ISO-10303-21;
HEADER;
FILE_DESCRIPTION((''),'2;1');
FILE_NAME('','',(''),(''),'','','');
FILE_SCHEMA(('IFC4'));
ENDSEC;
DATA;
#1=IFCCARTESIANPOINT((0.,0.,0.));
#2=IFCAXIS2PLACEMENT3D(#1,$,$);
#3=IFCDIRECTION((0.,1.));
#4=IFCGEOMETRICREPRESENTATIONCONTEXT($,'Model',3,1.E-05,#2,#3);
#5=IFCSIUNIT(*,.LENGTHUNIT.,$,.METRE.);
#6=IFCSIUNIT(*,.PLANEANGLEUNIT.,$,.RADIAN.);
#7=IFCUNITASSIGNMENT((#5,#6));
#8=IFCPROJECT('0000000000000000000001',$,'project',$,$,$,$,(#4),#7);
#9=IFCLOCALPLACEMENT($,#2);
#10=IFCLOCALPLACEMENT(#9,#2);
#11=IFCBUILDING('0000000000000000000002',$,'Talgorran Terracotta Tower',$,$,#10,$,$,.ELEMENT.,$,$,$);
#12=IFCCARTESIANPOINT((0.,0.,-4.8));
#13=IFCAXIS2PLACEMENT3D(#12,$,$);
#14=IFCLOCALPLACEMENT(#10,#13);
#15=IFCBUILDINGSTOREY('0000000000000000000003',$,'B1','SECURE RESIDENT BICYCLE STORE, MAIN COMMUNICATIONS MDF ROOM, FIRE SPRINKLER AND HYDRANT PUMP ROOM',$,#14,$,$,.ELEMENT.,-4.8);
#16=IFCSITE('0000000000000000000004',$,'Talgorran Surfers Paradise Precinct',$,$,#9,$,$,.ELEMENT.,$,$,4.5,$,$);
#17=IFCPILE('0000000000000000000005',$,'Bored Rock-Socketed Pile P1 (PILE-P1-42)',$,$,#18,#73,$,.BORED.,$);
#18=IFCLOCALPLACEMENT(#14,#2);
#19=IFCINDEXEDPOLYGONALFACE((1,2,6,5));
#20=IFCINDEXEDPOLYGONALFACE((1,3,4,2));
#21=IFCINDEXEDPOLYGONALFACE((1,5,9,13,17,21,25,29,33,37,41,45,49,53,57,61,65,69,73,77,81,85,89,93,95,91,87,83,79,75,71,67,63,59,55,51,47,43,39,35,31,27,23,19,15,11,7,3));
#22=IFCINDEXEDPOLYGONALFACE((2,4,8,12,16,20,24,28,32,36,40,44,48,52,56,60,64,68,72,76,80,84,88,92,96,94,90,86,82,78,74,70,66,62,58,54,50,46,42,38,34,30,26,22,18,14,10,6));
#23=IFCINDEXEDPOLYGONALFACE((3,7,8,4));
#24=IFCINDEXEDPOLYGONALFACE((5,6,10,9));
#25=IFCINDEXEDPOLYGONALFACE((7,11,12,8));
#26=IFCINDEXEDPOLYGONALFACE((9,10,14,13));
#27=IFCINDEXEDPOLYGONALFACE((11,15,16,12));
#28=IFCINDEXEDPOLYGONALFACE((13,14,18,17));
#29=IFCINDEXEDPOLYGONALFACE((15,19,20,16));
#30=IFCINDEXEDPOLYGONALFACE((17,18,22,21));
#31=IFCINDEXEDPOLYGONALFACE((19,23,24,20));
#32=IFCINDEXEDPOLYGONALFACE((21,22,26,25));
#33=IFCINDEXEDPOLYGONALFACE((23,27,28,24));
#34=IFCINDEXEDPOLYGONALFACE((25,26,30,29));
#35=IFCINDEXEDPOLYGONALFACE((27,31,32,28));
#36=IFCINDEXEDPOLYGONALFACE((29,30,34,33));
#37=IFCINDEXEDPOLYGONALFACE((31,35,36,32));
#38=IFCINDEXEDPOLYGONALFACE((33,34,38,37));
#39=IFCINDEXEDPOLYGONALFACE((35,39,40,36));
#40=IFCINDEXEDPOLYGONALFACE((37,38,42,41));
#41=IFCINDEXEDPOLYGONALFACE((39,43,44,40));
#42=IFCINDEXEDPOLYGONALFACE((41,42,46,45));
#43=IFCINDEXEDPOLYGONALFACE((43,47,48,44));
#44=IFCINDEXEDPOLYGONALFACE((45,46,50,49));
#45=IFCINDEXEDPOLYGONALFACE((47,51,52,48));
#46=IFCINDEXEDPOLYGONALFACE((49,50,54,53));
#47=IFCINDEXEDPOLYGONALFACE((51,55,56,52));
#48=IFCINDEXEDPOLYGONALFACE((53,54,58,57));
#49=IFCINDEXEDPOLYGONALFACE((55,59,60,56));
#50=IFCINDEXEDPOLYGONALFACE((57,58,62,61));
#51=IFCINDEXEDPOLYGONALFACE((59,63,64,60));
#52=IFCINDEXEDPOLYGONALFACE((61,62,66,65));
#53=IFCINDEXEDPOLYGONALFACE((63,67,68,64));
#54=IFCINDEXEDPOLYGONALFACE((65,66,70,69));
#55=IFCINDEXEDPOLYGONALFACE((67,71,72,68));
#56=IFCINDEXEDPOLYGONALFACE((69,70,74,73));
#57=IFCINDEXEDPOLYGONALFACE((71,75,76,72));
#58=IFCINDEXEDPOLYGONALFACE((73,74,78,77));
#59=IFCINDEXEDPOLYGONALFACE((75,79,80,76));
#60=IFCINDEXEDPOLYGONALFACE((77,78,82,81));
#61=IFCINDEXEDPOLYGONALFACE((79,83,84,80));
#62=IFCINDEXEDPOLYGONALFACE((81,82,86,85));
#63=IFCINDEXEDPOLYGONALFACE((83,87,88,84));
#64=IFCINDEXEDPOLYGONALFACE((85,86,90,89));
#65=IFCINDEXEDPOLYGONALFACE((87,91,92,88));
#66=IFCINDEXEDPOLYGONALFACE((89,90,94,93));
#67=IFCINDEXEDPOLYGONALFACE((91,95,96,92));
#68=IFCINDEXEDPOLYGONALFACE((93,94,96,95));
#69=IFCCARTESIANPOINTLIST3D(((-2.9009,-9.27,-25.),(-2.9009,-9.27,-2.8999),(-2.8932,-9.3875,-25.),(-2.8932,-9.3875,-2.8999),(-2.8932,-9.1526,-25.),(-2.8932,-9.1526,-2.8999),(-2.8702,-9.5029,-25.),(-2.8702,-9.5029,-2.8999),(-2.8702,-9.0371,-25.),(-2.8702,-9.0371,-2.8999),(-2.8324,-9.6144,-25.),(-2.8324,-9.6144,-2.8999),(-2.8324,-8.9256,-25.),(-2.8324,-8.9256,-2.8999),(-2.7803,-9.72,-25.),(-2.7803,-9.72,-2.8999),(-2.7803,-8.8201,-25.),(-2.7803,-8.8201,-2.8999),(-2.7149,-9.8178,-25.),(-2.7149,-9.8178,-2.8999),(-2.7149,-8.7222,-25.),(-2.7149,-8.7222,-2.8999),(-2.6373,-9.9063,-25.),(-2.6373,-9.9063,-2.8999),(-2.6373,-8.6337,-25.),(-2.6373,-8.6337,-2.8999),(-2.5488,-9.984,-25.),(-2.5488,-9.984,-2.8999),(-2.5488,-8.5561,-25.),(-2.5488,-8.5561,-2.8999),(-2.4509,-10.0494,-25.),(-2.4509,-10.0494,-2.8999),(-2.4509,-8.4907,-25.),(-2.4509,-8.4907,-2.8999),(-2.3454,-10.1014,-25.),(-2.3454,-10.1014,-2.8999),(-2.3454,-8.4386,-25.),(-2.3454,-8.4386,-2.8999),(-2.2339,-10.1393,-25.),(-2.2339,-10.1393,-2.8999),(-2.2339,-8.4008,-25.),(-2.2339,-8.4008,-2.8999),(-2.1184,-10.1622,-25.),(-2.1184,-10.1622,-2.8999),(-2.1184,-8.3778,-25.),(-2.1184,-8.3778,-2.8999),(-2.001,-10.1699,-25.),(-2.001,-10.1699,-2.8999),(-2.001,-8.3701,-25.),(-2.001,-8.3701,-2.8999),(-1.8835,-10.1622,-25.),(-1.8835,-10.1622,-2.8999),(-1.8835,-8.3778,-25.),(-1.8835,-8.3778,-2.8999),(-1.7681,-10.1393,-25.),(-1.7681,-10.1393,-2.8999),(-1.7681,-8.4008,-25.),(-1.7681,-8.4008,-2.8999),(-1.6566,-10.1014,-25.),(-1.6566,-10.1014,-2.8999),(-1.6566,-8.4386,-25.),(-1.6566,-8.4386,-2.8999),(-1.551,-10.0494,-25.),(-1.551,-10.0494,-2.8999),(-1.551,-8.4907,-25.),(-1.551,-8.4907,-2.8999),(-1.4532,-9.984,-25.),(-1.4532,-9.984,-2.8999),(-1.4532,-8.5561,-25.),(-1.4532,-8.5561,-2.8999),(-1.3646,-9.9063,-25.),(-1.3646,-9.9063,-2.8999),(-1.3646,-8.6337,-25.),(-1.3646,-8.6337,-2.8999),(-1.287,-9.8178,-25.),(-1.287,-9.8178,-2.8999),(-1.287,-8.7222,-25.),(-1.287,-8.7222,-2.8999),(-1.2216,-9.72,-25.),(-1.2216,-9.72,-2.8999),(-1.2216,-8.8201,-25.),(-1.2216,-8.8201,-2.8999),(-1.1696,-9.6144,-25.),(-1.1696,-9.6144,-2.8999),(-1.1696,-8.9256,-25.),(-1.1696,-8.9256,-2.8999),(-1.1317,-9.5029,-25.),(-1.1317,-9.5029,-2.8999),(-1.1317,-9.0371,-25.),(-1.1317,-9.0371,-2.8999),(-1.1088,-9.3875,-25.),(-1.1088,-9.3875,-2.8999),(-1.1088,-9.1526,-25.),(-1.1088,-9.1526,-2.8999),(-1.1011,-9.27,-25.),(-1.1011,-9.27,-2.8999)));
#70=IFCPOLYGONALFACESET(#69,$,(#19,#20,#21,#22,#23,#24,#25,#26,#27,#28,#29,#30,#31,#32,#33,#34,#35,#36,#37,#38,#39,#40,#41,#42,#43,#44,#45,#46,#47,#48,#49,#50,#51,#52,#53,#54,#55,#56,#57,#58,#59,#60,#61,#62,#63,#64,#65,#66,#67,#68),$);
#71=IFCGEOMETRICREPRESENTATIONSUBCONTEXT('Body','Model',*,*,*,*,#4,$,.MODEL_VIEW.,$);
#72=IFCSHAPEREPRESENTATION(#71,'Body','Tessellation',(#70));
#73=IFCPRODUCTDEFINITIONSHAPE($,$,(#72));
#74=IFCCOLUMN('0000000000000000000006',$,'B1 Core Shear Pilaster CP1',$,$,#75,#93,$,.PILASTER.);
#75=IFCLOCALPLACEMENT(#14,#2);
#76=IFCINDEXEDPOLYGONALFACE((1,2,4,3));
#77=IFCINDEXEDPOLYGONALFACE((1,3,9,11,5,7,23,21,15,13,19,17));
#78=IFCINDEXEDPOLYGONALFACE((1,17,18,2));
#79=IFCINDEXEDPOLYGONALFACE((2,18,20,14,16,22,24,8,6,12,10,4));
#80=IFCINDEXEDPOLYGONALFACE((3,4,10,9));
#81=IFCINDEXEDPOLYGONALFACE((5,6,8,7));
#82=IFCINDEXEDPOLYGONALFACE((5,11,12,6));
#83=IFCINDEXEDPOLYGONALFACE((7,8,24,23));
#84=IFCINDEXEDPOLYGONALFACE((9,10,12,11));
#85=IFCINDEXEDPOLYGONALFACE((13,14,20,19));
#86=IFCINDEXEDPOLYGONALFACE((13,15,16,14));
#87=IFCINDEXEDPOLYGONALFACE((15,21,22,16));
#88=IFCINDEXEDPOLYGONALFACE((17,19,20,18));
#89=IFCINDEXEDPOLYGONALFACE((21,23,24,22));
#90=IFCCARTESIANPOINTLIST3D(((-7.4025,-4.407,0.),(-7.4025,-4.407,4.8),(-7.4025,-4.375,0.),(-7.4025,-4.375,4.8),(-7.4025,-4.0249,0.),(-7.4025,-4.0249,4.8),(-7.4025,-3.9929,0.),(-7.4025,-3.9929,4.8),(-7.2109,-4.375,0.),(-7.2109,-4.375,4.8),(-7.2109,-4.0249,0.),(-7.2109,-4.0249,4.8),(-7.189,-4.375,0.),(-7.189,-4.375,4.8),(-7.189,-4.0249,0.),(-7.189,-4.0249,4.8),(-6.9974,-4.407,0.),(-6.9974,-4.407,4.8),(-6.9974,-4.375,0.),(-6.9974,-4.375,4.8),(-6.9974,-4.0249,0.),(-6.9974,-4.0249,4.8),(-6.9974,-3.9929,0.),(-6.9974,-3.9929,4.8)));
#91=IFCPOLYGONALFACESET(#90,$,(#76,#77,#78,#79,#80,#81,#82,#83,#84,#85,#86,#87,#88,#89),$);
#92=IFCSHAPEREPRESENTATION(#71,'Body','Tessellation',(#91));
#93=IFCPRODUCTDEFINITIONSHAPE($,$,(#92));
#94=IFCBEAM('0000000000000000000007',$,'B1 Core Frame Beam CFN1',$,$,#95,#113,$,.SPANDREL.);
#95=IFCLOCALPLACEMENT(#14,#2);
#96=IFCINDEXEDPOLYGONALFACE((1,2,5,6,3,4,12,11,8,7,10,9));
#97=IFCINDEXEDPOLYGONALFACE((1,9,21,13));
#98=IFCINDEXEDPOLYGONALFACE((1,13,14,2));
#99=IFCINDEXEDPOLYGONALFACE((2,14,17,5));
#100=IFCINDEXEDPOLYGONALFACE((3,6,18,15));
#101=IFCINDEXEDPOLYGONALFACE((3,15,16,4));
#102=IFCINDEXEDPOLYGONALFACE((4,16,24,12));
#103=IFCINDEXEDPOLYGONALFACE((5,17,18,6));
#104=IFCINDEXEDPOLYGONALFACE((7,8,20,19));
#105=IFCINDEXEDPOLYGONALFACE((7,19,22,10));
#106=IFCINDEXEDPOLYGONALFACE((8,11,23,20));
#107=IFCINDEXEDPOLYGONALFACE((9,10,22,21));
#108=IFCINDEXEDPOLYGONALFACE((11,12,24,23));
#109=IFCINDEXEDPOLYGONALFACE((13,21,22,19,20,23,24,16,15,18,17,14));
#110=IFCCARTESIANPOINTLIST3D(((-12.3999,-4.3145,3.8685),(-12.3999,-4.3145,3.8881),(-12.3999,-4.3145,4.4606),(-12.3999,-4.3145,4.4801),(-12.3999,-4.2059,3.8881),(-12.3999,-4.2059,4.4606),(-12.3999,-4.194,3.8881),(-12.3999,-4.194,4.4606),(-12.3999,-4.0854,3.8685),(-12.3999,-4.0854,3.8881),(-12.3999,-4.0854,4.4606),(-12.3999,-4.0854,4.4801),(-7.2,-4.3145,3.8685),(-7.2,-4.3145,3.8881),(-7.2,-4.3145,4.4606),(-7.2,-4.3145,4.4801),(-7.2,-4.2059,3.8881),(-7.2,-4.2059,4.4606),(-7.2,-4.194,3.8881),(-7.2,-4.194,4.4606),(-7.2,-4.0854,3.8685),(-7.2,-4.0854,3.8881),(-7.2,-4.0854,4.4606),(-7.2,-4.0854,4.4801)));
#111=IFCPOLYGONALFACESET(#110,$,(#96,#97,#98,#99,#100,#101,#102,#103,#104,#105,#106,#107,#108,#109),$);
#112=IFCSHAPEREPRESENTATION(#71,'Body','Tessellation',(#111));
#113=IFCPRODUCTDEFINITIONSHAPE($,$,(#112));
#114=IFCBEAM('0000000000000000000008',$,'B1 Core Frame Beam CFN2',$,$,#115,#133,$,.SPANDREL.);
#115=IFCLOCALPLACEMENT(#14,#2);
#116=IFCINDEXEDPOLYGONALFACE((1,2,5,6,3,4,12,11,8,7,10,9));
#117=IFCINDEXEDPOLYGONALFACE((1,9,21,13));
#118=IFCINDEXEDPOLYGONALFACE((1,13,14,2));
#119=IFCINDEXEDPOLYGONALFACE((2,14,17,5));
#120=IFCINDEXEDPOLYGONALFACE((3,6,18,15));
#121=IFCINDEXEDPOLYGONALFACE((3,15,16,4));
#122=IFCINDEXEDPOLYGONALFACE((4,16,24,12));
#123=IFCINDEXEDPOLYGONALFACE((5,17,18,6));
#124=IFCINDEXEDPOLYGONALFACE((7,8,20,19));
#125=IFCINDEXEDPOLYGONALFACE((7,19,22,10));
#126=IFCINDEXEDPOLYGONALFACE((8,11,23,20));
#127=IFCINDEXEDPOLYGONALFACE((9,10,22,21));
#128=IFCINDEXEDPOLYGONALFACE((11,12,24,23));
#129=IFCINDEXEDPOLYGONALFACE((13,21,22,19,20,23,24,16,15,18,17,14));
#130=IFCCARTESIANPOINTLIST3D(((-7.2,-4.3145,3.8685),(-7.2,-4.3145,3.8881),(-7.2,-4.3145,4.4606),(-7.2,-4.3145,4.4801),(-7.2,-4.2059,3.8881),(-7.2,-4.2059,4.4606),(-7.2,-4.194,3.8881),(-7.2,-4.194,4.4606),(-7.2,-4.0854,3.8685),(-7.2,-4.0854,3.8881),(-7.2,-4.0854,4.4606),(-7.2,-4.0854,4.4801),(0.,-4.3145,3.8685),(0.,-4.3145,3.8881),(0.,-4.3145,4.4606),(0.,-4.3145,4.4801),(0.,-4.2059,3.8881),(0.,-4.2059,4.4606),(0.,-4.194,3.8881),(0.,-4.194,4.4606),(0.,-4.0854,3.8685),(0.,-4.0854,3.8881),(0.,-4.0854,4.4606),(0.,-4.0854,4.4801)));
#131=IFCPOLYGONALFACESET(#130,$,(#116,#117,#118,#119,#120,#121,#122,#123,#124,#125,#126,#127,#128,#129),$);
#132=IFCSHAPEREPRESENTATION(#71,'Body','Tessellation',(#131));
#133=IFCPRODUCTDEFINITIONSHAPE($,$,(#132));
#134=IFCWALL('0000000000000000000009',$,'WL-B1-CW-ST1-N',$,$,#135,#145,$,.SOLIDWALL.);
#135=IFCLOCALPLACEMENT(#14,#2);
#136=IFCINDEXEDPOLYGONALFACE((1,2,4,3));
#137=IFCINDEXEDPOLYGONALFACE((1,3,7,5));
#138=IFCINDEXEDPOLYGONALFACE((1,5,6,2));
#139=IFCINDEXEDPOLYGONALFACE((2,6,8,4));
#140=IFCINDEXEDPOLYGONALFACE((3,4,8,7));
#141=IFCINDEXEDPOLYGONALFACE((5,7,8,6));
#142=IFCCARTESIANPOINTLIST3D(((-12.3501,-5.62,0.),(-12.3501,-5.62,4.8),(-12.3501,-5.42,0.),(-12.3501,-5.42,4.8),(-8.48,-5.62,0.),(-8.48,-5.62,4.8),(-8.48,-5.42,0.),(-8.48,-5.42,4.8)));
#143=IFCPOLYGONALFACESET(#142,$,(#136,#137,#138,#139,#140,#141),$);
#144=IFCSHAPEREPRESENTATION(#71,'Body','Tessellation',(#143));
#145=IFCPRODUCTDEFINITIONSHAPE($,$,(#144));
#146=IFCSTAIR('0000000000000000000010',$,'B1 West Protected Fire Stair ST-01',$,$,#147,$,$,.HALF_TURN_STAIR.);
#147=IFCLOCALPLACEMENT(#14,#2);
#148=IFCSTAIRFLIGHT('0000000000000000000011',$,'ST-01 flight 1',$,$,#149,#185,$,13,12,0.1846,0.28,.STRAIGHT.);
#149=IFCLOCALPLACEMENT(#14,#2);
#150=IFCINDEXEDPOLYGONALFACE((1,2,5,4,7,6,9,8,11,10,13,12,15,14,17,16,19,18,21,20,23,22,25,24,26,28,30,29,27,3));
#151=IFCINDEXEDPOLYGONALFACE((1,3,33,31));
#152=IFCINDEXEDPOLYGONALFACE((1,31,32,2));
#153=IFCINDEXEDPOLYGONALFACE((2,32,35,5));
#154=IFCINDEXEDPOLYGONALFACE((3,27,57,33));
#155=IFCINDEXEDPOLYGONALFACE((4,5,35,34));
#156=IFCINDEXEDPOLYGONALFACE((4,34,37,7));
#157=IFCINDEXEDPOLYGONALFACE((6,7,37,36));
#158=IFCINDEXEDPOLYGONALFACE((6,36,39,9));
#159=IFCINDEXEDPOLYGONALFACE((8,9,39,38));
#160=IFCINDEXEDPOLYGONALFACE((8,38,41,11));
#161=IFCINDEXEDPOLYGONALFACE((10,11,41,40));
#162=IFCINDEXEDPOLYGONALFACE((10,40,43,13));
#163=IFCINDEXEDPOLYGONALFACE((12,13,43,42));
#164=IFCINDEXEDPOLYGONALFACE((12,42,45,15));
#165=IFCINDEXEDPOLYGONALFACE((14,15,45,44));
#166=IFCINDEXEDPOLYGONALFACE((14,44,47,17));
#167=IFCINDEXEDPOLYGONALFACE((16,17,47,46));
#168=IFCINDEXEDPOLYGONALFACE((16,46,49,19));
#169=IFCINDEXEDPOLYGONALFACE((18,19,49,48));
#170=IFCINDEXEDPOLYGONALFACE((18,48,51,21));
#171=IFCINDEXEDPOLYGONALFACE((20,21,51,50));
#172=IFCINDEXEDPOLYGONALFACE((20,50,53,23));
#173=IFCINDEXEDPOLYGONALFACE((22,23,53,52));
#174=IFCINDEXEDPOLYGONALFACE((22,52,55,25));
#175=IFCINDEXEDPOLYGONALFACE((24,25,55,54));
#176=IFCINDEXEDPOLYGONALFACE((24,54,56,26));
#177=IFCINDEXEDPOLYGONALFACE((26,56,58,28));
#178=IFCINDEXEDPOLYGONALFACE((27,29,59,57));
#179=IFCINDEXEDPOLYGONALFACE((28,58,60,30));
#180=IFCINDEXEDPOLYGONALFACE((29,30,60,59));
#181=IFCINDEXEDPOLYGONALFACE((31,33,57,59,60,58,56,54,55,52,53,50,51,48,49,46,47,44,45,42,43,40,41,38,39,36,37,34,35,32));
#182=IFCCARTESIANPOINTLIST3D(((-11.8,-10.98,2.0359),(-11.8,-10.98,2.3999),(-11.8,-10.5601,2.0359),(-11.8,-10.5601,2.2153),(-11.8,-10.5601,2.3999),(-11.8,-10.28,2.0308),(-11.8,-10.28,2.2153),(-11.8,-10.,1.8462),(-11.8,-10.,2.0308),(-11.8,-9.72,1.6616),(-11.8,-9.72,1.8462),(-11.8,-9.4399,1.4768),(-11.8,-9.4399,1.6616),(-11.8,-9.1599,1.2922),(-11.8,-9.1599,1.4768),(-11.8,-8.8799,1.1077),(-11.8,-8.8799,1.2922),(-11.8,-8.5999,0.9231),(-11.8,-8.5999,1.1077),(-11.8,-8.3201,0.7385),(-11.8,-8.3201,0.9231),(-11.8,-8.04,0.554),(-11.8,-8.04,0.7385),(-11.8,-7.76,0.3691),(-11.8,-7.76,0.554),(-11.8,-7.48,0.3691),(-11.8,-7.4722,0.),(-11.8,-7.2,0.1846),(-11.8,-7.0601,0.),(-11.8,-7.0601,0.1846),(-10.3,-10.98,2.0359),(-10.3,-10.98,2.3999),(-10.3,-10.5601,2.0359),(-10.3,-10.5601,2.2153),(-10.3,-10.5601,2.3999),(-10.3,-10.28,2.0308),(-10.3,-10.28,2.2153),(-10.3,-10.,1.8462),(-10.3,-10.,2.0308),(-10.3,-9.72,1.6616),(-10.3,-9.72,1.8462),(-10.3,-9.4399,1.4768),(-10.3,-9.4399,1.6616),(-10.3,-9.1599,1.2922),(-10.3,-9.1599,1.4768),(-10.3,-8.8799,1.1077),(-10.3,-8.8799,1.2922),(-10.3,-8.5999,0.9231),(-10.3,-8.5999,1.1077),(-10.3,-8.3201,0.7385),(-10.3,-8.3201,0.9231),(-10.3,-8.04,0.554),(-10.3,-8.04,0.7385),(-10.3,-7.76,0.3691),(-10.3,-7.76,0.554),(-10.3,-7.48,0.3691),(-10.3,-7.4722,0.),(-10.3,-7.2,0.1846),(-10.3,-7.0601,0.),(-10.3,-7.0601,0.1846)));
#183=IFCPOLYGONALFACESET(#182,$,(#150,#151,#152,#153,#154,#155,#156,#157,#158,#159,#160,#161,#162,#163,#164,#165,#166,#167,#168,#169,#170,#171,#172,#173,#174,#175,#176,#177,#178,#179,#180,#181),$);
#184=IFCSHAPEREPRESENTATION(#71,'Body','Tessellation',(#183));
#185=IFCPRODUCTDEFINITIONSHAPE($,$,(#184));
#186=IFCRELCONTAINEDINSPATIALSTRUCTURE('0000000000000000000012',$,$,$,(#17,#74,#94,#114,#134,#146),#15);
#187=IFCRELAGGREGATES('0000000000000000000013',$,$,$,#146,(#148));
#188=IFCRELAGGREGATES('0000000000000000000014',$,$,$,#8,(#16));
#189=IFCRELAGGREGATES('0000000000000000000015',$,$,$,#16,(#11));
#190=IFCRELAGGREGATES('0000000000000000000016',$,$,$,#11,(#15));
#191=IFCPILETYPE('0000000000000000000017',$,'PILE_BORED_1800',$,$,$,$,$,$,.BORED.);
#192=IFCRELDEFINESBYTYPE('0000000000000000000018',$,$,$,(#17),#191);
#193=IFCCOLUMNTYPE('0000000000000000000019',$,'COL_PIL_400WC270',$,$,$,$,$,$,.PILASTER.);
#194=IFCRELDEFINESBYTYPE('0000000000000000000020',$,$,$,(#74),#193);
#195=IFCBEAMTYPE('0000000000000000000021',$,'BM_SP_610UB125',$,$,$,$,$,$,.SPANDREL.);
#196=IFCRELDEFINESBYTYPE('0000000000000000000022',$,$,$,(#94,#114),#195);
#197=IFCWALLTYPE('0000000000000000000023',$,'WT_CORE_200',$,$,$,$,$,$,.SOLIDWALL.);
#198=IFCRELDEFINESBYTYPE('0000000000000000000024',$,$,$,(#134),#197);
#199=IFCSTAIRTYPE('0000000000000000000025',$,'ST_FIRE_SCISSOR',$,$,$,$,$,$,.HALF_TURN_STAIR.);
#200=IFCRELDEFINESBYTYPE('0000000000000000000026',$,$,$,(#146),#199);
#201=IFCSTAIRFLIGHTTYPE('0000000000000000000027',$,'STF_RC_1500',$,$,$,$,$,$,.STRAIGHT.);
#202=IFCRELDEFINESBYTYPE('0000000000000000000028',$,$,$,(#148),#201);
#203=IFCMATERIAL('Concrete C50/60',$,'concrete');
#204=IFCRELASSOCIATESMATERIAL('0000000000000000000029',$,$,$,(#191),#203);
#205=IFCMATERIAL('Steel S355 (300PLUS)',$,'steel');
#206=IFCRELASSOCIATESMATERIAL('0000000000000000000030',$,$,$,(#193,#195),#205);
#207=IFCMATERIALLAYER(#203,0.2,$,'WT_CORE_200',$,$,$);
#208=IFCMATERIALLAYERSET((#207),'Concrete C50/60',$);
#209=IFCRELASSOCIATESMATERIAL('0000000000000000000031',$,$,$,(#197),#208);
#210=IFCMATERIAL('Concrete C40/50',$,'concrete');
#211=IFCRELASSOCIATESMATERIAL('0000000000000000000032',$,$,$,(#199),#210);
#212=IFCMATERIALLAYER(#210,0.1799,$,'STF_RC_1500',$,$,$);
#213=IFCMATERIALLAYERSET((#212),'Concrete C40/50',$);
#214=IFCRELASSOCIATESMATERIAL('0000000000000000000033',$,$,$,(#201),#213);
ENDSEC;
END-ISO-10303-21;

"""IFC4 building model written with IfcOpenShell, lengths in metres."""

from ifc_helpers import new_model, si_unit, direction, frame, frame_2d, origin, origin_2d, place, context, subcontext, project, spatial, polyline, rectangle, circle, i_section, outline, extrude, material, layer, layer_set, material_profile, profile_set, type_object, element, aggregate, save


model = new_model("IFC4")

# Units and contexts
model_context = context("Model", 3, precision=1e-05, world=origin(), true_north=direction((0.0, 1.0)))
body_context = subcontext(model_context, "Body", "Model", "MODEL_VIEW")
ifc_project = project(units=[si_unit("LENGTHUNIT", "METRE"), si_unit("PLANEANGLEUNIT", "RADIAN")], contexts=[model_context])

# Site, building, storey
site_placement = place(None, origin())
site = spatial("IfcSite", under=ifc_project, at=site_placement, Name="Talgorran Surfers Paradise Precinct", CompositionType="ELEMENT", RefElevation=4.5)
building_placement = place(site_placement, origin())
building = spatial("IfcBuilding", under=site, at=building_placement, Name="Talgorran Terracotta Tower", CompositionType="ELEMENT")
storey_placement = place(building_placement, frame((0.0, 0.0, -4.8)))
storey = spatial("IfcBuildingStorey", under=building, at=storey_placement, Name="B1", Description="SECURE RESIDENT BICYCLE STORE, MAIN COMMUNICATIONS MDF ROOM, FIRE SPRINKLER AND HYDRANT PUMP ROOM", CompositionType="ELEMENT", Elevation=-4.8)

# Pile
ifc_material_1 = material(Name="Concrete C50/60", Category="concrete")
ifc_material_profile_1 = material_profile(ifc_material_1, circle(Radius=0.8999, at=origin_2d()), Name="PILE1800")
ifc_profile_set_1 = profile_set([ifc_material_profile_1], Name="Concrete C50/60")
pile_type_1 = type_object("IfcPileType", Name="PILE_BORED_1800", PredefinedType="BORED", material=ifc_profile_set_1)
for number, where, z_axis, x_axis, name in (
    (1, (-2.001, -9.27, -2.8999), (0.0, 0.0, -1.0), (1.0, 0.0, 0.0), "Bored Rock-Socketed Pile P1 (PILE-P1-42)"),
):
    element("IfcPile", number, at=place(storey_placement, frame(where, z_axis=z_axis, x_axis=x_axis)), inside=storey, type_object=pile_type_1, Name=name, PredefinedType="BORED", context=body_context, shape_type="SweptSolid", body=[
        extrude(circle(Radius=0.8999, at=origin_2d()), origin(), (0.0, 0.0, 1.0), 22.1001),
    ])

# Column
ifc_material_2 = material(Name="Steel S355 (300PLUS)", Category="steel")
ifc_material_profile_2 = material_profile(ifc_material_2, i_section(OverallWidth=0.405, OverallDepth=0.4141, WebThickness=0.022, FlangeThickness=0.032, at=origin_2d()), Name="400WC270")
ifc_profile_set_2 = profile_set([ifc_material_profile_2], Name="Steel S355 (300PLUS)")
column_type = type_object("IfcColumnType", Name="COL_PIL_400WC270", PredefinedType="PILASTER", material=ifc_profile_set_2)
column_placement = place(storey_placement, frame((-7.2, -4.2, 0.0), z_axis=(0.0, 0.0, 1.0), x_axis=(1.0, 0.0, 0.0)))
element("IfcColumn", 2, at=column_placement, inside=storey, type_object=column_type, Name="B1 Core Shear Pilaster CP1", PredefinedType="PILASTER", context=body_context, shape_type="SweptSolid", body=[
    extrude(i_section(OverallWidth=0.405, OverallDepth=0.4141, WebThickness=0.022, FlangeThickness=0.032, at=origin_2d()), origin(), (0.0, 0.0, 1.0), 4.8),
])

# Beams
ifc_material_profile_3 = material_profile(ifc_material_2, i_section(OverallWidth=0.229, OverallDepth=0.6116, WebThickness=0.012, FlangeThickness=0.0195, at=origin_2d()), Name="610UB125")
ifc_profile_set_3 = profile_set([ifc_material_profile_3], Name="Steel S355 (300PLUS)")
beam_type = type_object("IfcBeamType", Name="BM_SP_610UB125", PredefinedType="SPANDREL", material=ifc_profile_set_3)
beam_1_placement = place(storey_placement, frame((-12.3999, -4.2, 4.1743), z_axis=(1.0, 0.0, 0.0), x_axis=(0.0, 1.0, 0.0)))
element("IfcBeam", 3, at=beam_1_placement, inside=storey, type_object=beam_type, Name="B1 Core Frame Beam CFN1", PredefinedType="SPANDREL", context=body_context, shape_type="SweptSolid", body=[
    extrude(i_section(OverallWidth=0.229, OverallDepth=0.6116, WebThickness=0.012, FlangeThickness=0.0195, at=origin_2d()), origin(), (0.0, 0.0, 1.0), 5.2),
])
beam_2_placement = place(storey_placement, frame((-7.2, -4.2, 4.1743), z_axis=(1.0, 0.0, 0.0), x_axis=(0.0, 1.0, 0.0)))
element("IfcBeam", 4, at=beam_2_placement, inside=storey, type_object=beam_type, Name="B1 Core Frame Beam CFN2", PredefinedType="SPANDREL", context=body_context, shape_type="SweptSolid", body=[
    extrude(i_section(OverallWidth=0.229, OverallDepth=0.6116, WebThickness=0.012, FlangeThickness=0.0195, at=origin_2d()), origin(), (0.0, 0.0, 1.0), 7.2),
])

# Wall
ifc_layer_1 = layer(ifc_material_1, 0.2, Name="WT_CORE_200")
ifc_layer_set_1 = layer_set([ifc_layer_1], Name="Concrete C50/60")
wall_type = type_object("IfcWallType", Name="WT_CORE_200", PredefinedType="SOLIDWALL", material=ifc_layer_set_1)
wall_placement = place(storey_placement, frame((-12.3501, -5.52, 0.0), z_axis=(0.0, 0.0, 1.0), x_axis=(1.0, 0.0, 0.0)))
element("IfcWall", 5, at=wall_placement, inside=storey, type_object=wall_type, Name="WL-B1-CW-ST1-N", PredefinedType="SOLIDWALL", context=body_context, shape_type="SweptSolid", body=[
    extrude(rectangle(XDim=3.8701, YDim=0.2, at=frame_2d((1.9351, 0.0))), origin(), (0.0, 0.0, 1.0), 4.8),
])

# Stair, stair flight
ifc_material_3 = material(Name="Concrete C40/50", Category="concrete")
stair_type = type_object("IfcStairType", Name="ST_FIRE_SCISSOR", PredefinedType="HALF_TURN_STAIR", material=ifc_material_3)
stair_placement = place(storey_placement, origin())
stair = element("IfcStair", 6, at=stair_placement, inside=storey, type_object=stair_type, Name="B1 West Protected Fire Stair ST-01", PredefinedType="HALF_TURN_STAIR")
ifc_layer_2 = layer(ifc_material_3, 0.1799, Name="STF_RC_1500")
ifc_layer_set_2 = layer_set([ifc_layer_2], Name="Concrete C40/50")
stair_flight_type = type_object("IfcStairFlightType", Name="STF_RC_1500", PredefinedType="STRAIGHT", material=ifc_layer_set_2)
stair_flight_placement = place(storey_placement, frame((-11.05, -7.2, 0.0), z_axis=(0.0, 0.0, 1.0), x_axis=(0.0, -1.0, 0.0)))
stair_flight = element("IfcStairFlight", 7, at=stair_flight_placement, type_object=stair_flight_type, Name="ST-01 flight 1", NumberOfRisers=13, NumberOfTreads=12, PredefinedType="STRAIGHT", RiserHeight=0.1846, TreadLength=0.28, context=body_context, shape_type="SweptSolid", body=[
    extrude(outline(polyline([(-0.1399, 0.0), (-0.1399, 0.1846), (0.0, 0.1846), (0.28, 0.3691), (0.5601, 0.3691), (0.5601, 0.554), (0.8401, 0.554), (0.8401, 0.7385), (1.1201, 0.7385), (1.1201, 0.9231), (1.3999, 0.9231), (1.3999, 1.1077), (1.6799, 1.1077), (1.6799, 1.2922), (1.96, 1.2922), (1.96, 1.4768), (2.24, 1.4768), (2.24, 1.6616), (2.52, 1.6616), (2.52, 1.8462), (2.8, 1.8462), (2.8, 2.0308), (3.0801, 2.0308), (3.0801, 2.2153), (3.3601, 2.2153), (3.3601, 2.3999), (3.78, 2.3999), (3.78, 2.0359), (3.3601, 2.0359), (0.2722, 0.0), (-0.1399, 0.0)])), frame((0.0, 0.75, 0.0), z_axis=(0.0, -1.0, 0.0), x_axis=(1.0, 0.0, 0.0)), (0.0, 0.0, 1.0), 1.5),
])
aggregate(stair, [stair_flight])

save(model, "model.ifc")
